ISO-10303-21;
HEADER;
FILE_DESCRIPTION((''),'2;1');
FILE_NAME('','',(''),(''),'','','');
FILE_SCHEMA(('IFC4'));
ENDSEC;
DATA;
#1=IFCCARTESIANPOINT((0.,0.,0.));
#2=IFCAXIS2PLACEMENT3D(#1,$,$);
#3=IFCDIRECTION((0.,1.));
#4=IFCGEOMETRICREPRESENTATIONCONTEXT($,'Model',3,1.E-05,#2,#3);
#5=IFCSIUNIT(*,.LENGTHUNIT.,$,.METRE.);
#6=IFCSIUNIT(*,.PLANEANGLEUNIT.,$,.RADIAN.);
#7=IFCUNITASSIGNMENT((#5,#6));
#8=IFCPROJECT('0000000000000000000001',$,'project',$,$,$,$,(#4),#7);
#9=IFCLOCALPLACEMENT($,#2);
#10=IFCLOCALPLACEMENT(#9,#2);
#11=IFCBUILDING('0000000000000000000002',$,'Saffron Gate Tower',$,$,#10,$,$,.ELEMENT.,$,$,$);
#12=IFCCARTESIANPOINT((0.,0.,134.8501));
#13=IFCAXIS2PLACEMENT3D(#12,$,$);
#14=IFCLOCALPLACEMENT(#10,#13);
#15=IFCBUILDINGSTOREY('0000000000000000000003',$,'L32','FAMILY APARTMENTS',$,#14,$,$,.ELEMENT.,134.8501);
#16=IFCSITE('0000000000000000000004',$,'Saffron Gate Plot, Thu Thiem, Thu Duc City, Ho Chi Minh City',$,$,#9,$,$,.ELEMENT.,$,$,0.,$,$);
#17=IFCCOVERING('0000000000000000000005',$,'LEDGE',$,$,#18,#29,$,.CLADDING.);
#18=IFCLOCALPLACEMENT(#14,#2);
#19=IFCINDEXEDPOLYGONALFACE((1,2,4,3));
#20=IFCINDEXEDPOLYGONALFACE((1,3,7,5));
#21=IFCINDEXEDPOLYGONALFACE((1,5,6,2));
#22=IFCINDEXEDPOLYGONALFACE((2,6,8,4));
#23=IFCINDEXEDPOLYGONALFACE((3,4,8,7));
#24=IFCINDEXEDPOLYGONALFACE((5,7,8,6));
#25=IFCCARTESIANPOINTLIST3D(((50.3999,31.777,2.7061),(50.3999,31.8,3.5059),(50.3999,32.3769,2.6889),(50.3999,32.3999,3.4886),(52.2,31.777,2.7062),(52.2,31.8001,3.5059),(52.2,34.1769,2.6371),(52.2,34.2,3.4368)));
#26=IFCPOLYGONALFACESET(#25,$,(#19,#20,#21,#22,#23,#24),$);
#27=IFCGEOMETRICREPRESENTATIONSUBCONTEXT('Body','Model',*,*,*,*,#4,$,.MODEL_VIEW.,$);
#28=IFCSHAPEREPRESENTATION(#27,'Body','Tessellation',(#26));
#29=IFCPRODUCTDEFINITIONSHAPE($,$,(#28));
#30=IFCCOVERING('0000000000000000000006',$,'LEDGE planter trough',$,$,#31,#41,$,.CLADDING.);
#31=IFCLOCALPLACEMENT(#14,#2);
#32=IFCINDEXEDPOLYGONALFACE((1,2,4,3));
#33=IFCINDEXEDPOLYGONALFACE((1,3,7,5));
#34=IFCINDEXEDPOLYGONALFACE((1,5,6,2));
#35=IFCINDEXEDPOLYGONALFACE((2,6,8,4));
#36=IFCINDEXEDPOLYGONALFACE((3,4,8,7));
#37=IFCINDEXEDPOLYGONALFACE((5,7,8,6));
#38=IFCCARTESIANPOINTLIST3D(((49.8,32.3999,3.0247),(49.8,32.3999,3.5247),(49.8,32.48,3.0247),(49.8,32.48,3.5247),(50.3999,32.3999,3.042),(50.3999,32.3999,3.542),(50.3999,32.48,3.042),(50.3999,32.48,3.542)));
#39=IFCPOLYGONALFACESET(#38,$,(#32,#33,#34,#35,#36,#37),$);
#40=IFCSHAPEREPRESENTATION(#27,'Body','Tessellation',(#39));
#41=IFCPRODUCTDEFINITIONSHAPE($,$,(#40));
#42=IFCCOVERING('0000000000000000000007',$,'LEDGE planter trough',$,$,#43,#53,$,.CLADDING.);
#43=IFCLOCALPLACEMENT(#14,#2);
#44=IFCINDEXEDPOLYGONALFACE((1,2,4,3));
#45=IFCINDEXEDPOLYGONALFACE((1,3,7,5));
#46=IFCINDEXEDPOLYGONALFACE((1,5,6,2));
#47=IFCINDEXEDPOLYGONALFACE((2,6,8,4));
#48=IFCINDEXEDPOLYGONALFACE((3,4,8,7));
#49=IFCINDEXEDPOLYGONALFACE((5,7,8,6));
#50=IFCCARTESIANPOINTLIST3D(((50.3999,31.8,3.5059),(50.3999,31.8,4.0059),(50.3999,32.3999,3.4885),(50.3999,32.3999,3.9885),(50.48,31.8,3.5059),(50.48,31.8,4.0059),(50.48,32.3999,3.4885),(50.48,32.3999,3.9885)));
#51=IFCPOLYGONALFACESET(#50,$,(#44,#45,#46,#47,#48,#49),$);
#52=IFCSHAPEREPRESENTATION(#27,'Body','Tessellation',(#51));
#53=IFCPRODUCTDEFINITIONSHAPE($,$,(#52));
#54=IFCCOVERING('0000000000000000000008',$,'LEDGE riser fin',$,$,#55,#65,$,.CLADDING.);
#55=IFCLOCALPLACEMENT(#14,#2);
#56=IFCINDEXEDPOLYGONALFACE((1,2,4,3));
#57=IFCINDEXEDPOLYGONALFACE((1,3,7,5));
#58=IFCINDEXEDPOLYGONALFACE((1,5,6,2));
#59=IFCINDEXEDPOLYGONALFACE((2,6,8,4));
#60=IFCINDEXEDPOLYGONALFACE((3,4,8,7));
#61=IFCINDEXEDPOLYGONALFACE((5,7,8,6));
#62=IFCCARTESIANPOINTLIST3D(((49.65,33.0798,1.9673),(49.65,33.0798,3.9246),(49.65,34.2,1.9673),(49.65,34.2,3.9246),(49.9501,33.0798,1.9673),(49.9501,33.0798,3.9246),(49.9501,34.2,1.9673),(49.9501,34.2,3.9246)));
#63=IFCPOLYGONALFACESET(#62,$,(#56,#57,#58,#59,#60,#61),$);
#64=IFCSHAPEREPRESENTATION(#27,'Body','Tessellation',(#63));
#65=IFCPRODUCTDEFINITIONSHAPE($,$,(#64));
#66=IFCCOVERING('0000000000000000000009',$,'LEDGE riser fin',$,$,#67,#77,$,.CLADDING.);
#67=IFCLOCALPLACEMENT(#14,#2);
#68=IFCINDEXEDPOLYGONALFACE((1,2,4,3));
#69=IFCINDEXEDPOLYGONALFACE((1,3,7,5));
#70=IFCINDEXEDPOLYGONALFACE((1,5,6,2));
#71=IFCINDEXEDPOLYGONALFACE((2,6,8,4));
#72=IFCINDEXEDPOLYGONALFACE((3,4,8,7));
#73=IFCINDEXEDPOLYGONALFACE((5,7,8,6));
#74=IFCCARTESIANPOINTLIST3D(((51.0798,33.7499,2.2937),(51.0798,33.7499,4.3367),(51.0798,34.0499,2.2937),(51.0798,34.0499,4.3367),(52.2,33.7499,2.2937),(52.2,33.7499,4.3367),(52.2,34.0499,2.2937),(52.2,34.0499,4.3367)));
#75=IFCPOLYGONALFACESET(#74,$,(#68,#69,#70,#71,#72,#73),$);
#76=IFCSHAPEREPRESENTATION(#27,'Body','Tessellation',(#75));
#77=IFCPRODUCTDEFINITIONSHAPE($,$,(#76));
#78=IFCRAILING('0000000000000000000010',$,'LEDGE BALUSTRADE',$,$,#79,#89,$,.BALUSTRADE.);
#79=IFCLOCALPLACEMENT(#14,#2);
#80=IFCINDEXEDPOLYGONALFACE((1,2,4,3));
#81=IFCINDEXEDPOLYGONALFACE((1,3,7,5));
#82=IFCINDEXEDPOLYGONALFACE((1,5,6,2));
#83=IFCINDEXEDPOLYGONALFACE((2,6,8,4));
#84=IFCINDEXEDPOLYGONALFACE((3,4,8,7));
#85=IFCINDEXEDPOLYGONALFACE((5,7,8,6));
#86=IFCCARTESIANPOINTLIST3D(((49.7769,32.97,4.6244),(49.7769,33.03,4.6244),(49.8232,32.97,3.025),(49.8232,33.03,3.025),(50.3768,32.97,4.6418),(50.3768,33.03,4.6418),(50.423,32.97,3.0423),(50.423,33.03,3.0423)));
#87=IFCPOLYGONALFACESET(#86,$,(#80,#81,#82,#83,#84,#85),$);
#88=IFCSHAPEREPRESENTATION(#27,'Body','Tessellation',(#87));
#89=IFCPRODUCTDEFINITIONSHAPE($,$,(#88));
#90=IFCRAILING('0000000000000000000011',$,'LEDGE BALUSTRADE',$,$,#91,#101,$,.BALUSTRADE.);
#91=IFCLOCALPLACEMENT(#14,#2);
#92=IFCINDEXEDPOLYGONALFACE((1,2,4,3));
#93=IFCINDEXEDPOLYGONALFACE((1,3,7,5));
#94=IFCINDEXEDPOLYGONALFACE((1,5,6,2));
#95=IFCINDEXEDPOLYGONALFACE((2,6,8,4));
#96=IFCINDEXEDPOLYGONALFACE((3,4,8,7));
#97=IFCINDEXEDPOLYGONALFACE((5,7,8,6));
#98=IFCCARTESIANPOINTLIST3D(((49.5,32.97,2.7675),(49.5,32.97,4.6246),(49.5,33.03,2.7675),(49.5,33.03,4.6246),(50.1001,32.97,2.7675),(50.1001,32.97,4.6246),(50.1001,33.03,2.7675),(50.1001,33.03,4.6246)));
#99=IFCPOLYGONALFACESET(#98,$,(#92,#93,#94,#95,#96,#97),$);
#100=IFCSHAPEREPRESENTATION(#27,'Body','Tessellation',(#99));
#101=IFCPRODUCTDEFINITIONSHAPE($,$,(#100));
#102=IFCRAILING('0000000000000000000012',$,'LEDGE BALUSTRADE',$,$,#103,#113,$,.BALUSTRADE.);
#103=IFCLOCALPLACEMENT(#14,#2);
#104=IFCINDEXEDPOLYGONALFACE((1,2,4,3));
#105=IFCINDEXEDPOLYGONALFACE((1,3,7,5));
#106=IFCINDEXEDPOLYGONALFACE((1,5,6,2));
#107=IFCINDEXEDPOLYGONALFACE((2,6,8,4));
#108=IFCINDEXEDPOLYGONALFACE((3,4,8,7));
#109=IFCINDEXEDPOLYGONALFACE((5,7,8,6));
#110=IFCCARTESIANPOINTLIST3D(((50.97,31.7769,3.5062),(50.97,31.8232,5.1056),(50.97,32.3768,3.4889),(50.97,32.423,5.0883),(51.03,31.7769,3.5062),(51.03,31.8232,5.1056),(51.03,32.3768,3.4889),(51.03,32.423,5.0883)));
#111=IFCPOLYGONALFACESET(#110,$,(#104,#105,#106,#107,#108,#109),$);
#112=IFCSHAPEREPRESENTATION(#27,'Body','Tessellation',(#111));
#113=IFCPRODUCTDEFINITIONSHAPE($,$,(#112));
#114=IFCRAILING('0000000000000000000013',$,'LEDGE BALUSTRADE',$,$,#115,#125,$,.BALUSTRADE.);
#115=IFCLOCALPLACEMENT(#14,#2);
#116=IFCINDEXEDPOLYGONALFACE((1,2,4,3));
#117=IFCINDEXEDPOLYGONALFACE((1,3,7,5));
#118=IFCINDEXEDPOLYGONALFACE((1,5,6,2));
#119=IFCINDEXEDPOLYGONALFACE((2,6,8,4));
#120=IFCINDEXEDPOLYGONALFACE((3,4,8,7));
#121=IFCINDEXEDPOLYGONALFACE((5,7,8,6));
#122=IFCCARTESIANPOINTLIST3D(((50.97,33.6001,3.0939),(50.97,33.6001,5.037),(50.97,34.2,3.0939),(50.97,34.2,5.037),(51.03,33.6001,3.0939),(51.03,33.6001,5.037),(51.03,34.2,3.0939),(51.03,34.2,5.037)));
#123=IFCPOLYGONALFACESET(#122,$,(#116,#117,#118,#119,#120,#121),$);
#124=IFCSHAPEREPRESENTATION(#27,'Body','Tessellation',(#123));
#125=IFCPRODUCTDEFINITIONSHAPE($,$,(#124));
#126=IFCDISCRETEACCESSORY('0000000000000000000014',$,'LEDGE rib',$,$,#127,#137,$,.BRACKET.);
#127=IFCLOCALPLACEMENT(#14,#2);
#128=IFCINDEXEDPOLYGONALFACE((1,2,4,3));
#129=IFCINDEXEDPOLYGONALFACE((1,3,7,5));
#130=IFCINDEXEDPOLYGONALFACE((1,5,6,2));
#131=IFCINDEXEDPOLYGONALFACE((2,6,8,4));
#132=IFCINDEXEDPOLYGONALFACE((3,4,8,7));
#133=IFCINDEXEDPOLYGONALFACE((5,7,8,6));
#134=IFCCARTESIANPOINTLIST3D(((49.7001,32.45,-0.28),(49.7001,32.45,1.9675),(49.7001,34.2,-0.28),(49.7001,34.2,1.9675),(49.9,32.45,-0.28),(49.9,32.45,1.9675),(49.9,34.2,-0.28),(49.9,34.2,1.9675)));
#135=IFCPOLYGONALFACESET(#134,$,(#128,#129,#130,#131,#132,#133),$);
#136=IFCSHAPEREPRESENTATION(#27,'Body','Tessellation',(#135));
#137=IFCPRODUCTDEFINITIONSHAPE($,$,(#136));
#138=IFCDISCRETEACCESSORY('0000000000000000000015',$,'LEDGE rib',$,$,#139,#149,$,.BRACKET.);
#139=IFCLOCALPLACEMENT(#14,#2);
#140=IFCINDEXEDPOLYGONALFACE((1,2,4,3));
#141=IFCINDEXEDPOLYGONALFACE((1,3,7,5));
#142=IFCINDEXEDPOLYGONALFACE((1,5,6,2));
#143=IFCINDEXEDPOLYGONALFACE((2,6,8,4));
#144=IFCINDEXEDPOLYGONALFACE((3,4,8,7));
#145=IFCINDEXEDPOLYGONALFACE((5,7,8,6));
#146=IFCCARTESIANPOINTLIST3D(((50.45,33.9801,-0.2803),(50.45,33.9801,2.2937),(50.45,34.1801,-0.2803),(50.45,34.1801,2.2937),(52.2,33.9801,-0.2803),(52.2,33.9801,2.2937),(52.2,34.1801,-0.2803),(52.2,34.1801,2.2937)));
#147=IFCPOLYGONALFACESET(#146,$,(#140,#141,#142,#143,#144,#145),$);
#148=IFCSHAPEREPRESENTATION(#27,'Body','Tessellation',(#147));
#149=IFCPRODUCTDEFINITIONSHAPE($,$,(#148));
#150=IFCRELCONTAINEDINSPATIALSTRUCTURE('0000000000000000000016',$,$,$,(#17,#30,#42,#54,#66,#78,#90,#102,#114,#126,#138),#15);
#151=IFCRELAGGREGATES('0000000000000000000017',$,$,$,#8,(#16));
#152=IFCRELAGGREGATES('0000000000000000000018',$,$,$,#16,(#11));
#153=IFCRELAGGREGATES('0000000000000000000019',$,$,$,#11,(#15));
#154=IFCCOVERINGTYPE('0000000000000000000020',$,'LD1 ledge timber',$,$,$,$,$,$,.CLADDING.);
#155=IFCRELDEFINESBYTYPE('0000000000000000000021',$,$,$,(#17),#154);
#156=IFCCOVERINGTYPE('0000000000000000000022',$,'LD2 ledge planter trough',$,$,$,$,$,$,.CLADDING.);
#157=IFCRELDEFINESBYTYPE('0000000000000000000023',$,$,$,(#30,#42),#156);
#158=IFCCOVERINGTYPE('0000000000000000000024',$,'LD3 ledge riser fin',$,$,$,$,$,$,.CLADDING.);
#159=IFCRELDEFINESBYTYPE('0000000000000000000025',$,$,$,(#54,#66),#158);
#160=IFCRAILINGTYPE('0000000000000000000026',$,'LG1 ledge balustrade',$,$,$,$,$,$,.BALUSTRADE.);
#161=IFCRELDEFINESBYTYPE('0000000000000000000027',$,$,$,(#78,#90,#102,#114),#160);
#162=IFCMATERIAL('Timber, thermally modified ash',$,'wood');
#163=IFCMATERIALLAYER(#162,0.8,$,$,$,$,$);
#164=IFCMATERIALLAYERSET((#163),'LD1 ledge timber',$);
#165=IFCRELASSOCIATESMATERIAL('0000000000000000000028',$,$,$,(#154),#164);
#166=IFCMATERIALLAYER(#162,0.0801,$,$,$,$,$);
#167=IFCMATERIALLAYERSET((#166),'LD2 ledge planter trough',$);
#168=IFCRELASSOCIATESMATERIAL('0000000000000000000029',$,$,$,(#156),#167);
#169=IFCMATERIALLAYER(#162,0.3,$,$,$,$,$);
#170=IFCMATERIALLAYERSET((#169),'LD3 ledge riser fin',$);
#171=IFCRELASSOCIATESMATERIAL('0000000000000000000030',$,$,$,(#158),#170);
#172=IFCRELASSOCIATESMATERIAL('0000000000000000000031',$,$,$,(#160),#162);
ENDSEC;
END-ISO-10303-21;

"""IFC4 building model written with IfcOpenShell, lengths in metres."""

from ifc_helpers import new_model, si_unit, direction, frame, origin, origin_2d, place, context, subcontext, project, spatial, polyline, rectangle, outline, extrude, material, layer, layer_set, type_object, element, save


model = new_model("IFC4")

# Units and contexts
model_context = context("Model", 3, precision=1e-05, world=origin(), true_north=direction((0.0, 1.0)))
body_context = subcontext(model_context, "Body", "Model", "MODEL_VIEW")
ifc_project = project(units=[si_unit("LENGTHUNIT", "METRE"), si_unit("PLANEANGLEUNIT", "RADIAN")], contexts=[model_context])

# Site, building, storey
site_placement = place(None, origin())
site = spatial("IfcSite", under=ifc_project, at=site_placement, Name="Saffron Gate Plot, Thu Thiem, Thu Duc City, Ho Chi Minh City", CompositionType="ELEMENT", RefElevation=0.0)
building_placement = place(site_placement, origin())
building = spatial("IfcBuilding", under=site, at=building_placement, Name="Saffron Gate Tower", CompositionType="ELEMENT")
storey_placement = place(building_placement, frame((0.0, 0.0, 134.8501)))
storey = spatial("IfcBuildingStorey", under=building, at=storey_placement, Name="L32", Description="FAMILY APARTMENTS", CompositionType="ELEMENT", Elevation=134.8501)

# Coverings
ifc_material_1 = material(Name="Timber, thermally modified ash", Category="wood")
ifc_layer_1 = layer(ifc_material_1, 0.8)
ifc_layer_set_1 = layer_set([ifc_layer_1], Name="LD1 ledge timber")
covering_type_1 = type_object("IfcCoveringType", Name="LD1 ledge timber", PredefinedType="CLADDING", material=ifc_layer_set_1)
covering_1_placement = place(storey_placement, frame((52.2, 34.2, 3.4368), z_axis=(-0.000029, 0.028799, 0.999585), x_axis=(0.0, -0.999585, 0.028799)))
element("IfcCovering", 1, at=covering_1_placement, inside=storey, type_object=covering_type_1, Name="LEDGE", PredefinedType="CLADDING", context=body_context, shape_type="SweptSolid", body=[
    extrude(outline(polyline([(0.0, 0.0), (2.4009, 0.0), (2.4009, -1.8), (1.8008, -1.8), (0.0, 0.0)])), origin(), (0.0, 0.0, -1.0), 0.8),
])
ifc_layer_2 = layer(ifc_material_1, 0.0801)
ifc_layer_set_2 = layer_set([ifc_layer_2], Name="LD2 ledge planter trough")
covering_type_2 = type_object("IfcCoveringType", Name="LD2 ledge planter trough", PredefinedType="CLADDING", material=ifc_layer_set_2)
for number, where, z_axis, x_axis, name in (
    (2, (49.8, 32.3999, 3.0247), (0.0, -1.0, 0.0), (0.999583, 0.0, 0.028885), "LEDGE planter trough"),
    (3, (50.3999, 32.3999, 3.4885), (-1.0, 0.0, 0.0), (0.0, -0.999583, 0.028885), "LEDGE planter trough"),
):
    element("IfcCovering", number, at=place(storey_placement, frame(where, z_axis=z_axis, x_axis=x_axis)), inside=storey, type_object=covering_type_2, Name=name, PredefinedType="CLADDING", context=body_context, shape_type="SweptSolid", body=[
        extrude(outline(polyline([(0.0, 0.0), (0.6001, 0.0), (0.6145, 0.4998), (0.0144, 0.4998), (0.0, 0.0)])), origin(), (0.0, 0.0, -1.0), 0.0801),
    ])
ifc_layer_3 = layer(ifc_material_1, 0.3)
ifc_layer_set_3 = layer_set([ifc_layer_3], Name="LD3 ledge riser fin")
covering_type_3 = type_object("IfcCoveringType", Name="LD3 ledge riser fin", PredefinedType="CLADDING", material=ifc_layer_set_3)
covering_2_placement = place(storey_placement, frame((49.8, 33.6399, 1.9673), z_axis=(0.0, 0.0, 1.0), x_axis=(1.0, 0.0, 0.0)))
element("IfcCovering", 4, at=covering_2_placement, inside=storey, type_object=covering_type_3, Name="LEDGE riser fin", PredefinedType="CLADDING", context=body_context, shape_type="SweptSolid", body=[
    extrude(rectangle(XDim=0.3, YDim=1.1201, at=origin_2d()), origin(), (0.0, 0.0, 1.0), 1.9573),
])
covering_3_placement = place(storey_placement, frame((51.6399, 33.8999, 2.2937), z_axis=(0.0, 0.0, 1.0), x_axis=(0.0, -1.0, 0.0)))
element("IfcCovering", 5, at=covering_3_placement, inside=storey, type_object=covering_type_3, Name="LEDGE riser fin", PredefinedType="CLADDING", context=body_context, shape_type="SweptSolid", body=[
    extrude(rectangle(XDim=0.3, YDim=1.1201, at=origin_2d()), origin(), (0.0, 0.0, 1.0), 2.043),
])

# Railings
railing_type = type_object("IfcRailingType", Name="LG1 ledge balustrade", PredefinedType="BALUSTRADE", material=ifc_material_1)
railing_1_placement = place(storey_placement, frame((49.8, 33.0, 3.0247)))
element("IfcRailing", 6, at=railing_1_placement, inside=storey, type_object=railing_type, Name="LEDGE BALUSTRADE", PredefinedType="BALUSTRADE", context=body_context, shape_type="SweptSolid", body=[
    extrude(rectangle(XDim=0.0601, YDim=1.6001, at=origin_2d()), frame((0.0, 0.0, 0.8), z_axis=(0.999583, 0.0, 0.028885), x_axis=(0.0, 1.0, 0.0)), (0.0, 0.0, 1.0), 0.6001),
])
railing_2_placement = place(storey_placement, frame((49.5, 33.0, 2.7673)))
element("IfcRailing", 7, at=railing_2_placement, inside=storey, type_object=railing_type, Name="LEDGE BALUSTRADE", PredefinedType="BALUSTRADE", context=body_context, shape_type="SweptSolid", body=[
    extrude(rectangle(XDim=0.0601, YDim=1.8572, at=origin_2d()), frame((0.0, 0.0, 0.9287), z_axis=(1.0, 0.0, 0.0), x_axis=(0.0, 1.0, 0.0)), (0.0, 0.0, 1.0), 0.6001),
])
railing_3_placement = place(storey_placement, frame((51.0, 32.3999, 3.4885)))
element("IfcRailing", 8, at=railing_3_placement, inside=storey, type_object=railing_type, Name="LEDGE BALUSTRADE", PredefinedType="BALUSTRADE", context=body_context, shape_type="SweptSolid", body=[
    extrude(rectangle(XDim=0.0601, YDim=1.6001, at=origin_2d()), frame((0.0, 0.0, 0.8), z_axis=(0.0, -0.999583, 0.028885), x_axis=(1.0, 0.0, 0.0)), (0.0, 0.0, 1.0), 0.6001),
])
railing_4_placement = place(storey_placement, frame((51.0, 34.2, 3.0938)))
element("IfcRailing", 9, at=railing_4_placement, inside=storey, type_object=railing_type, Name="LEDGE BALUSTRADE", PredefinedType="BALUSTRADE", context=body_context, shape_type="SweptSolid", body=[
    extrude(rectangle(XDim=0.0601, YDim=1.9431, at=origin_2d()), frame((0.0, 0.0, 0.9717), z_axis=(0.0, -1.0, 0.0), x_axis=(1.0, 0.0, 0.0)), (0.0, 0.0, 1.0), 0.5999),
])

# Discrete accessories
discrete_accessory_1_placement = place(storey_placement, frame((49.8, 33.325, -0.28), z_axis=(0.0, 0.0, 1.0), x_axis=(1.0, 0.0, 0.0)))
element("IfcDiscreteAccessory", 10, at=discrete_accessory_1_placement, inside=storey, Name="LEDGE rib", PredefinedType="BRACKET", context=body_context, shape_type="SweptSolid", body=[
    extrude(rectangle(XDim=0.2, YDim=1.75, at=origin_2d()), origin(), (0.0, 0.0, 1.0), 2.2476),
])
discrete_accessory_2_placement = place(storey_placement, frame((51.325, 34.0801, -0.2803), z_axis=(0.0, 0.0, 1.0), x_axis=(0.0, -1.0, 0.0)))
element("IfcDiscreteAccessory", 11, at=discrete_accessory_2_placement, inside=storey, Name="LEDGE rib", PredefinedType="BRACKET", context=body_context, shape_type="SweptSolid", body=[
    extrude(rectangle(XDim=0.2, YDim=1.75, at=origin_2d()), origin(), (0.0, 0.0, 1.0), 2.574),
])

save(model, "model.ifc")
